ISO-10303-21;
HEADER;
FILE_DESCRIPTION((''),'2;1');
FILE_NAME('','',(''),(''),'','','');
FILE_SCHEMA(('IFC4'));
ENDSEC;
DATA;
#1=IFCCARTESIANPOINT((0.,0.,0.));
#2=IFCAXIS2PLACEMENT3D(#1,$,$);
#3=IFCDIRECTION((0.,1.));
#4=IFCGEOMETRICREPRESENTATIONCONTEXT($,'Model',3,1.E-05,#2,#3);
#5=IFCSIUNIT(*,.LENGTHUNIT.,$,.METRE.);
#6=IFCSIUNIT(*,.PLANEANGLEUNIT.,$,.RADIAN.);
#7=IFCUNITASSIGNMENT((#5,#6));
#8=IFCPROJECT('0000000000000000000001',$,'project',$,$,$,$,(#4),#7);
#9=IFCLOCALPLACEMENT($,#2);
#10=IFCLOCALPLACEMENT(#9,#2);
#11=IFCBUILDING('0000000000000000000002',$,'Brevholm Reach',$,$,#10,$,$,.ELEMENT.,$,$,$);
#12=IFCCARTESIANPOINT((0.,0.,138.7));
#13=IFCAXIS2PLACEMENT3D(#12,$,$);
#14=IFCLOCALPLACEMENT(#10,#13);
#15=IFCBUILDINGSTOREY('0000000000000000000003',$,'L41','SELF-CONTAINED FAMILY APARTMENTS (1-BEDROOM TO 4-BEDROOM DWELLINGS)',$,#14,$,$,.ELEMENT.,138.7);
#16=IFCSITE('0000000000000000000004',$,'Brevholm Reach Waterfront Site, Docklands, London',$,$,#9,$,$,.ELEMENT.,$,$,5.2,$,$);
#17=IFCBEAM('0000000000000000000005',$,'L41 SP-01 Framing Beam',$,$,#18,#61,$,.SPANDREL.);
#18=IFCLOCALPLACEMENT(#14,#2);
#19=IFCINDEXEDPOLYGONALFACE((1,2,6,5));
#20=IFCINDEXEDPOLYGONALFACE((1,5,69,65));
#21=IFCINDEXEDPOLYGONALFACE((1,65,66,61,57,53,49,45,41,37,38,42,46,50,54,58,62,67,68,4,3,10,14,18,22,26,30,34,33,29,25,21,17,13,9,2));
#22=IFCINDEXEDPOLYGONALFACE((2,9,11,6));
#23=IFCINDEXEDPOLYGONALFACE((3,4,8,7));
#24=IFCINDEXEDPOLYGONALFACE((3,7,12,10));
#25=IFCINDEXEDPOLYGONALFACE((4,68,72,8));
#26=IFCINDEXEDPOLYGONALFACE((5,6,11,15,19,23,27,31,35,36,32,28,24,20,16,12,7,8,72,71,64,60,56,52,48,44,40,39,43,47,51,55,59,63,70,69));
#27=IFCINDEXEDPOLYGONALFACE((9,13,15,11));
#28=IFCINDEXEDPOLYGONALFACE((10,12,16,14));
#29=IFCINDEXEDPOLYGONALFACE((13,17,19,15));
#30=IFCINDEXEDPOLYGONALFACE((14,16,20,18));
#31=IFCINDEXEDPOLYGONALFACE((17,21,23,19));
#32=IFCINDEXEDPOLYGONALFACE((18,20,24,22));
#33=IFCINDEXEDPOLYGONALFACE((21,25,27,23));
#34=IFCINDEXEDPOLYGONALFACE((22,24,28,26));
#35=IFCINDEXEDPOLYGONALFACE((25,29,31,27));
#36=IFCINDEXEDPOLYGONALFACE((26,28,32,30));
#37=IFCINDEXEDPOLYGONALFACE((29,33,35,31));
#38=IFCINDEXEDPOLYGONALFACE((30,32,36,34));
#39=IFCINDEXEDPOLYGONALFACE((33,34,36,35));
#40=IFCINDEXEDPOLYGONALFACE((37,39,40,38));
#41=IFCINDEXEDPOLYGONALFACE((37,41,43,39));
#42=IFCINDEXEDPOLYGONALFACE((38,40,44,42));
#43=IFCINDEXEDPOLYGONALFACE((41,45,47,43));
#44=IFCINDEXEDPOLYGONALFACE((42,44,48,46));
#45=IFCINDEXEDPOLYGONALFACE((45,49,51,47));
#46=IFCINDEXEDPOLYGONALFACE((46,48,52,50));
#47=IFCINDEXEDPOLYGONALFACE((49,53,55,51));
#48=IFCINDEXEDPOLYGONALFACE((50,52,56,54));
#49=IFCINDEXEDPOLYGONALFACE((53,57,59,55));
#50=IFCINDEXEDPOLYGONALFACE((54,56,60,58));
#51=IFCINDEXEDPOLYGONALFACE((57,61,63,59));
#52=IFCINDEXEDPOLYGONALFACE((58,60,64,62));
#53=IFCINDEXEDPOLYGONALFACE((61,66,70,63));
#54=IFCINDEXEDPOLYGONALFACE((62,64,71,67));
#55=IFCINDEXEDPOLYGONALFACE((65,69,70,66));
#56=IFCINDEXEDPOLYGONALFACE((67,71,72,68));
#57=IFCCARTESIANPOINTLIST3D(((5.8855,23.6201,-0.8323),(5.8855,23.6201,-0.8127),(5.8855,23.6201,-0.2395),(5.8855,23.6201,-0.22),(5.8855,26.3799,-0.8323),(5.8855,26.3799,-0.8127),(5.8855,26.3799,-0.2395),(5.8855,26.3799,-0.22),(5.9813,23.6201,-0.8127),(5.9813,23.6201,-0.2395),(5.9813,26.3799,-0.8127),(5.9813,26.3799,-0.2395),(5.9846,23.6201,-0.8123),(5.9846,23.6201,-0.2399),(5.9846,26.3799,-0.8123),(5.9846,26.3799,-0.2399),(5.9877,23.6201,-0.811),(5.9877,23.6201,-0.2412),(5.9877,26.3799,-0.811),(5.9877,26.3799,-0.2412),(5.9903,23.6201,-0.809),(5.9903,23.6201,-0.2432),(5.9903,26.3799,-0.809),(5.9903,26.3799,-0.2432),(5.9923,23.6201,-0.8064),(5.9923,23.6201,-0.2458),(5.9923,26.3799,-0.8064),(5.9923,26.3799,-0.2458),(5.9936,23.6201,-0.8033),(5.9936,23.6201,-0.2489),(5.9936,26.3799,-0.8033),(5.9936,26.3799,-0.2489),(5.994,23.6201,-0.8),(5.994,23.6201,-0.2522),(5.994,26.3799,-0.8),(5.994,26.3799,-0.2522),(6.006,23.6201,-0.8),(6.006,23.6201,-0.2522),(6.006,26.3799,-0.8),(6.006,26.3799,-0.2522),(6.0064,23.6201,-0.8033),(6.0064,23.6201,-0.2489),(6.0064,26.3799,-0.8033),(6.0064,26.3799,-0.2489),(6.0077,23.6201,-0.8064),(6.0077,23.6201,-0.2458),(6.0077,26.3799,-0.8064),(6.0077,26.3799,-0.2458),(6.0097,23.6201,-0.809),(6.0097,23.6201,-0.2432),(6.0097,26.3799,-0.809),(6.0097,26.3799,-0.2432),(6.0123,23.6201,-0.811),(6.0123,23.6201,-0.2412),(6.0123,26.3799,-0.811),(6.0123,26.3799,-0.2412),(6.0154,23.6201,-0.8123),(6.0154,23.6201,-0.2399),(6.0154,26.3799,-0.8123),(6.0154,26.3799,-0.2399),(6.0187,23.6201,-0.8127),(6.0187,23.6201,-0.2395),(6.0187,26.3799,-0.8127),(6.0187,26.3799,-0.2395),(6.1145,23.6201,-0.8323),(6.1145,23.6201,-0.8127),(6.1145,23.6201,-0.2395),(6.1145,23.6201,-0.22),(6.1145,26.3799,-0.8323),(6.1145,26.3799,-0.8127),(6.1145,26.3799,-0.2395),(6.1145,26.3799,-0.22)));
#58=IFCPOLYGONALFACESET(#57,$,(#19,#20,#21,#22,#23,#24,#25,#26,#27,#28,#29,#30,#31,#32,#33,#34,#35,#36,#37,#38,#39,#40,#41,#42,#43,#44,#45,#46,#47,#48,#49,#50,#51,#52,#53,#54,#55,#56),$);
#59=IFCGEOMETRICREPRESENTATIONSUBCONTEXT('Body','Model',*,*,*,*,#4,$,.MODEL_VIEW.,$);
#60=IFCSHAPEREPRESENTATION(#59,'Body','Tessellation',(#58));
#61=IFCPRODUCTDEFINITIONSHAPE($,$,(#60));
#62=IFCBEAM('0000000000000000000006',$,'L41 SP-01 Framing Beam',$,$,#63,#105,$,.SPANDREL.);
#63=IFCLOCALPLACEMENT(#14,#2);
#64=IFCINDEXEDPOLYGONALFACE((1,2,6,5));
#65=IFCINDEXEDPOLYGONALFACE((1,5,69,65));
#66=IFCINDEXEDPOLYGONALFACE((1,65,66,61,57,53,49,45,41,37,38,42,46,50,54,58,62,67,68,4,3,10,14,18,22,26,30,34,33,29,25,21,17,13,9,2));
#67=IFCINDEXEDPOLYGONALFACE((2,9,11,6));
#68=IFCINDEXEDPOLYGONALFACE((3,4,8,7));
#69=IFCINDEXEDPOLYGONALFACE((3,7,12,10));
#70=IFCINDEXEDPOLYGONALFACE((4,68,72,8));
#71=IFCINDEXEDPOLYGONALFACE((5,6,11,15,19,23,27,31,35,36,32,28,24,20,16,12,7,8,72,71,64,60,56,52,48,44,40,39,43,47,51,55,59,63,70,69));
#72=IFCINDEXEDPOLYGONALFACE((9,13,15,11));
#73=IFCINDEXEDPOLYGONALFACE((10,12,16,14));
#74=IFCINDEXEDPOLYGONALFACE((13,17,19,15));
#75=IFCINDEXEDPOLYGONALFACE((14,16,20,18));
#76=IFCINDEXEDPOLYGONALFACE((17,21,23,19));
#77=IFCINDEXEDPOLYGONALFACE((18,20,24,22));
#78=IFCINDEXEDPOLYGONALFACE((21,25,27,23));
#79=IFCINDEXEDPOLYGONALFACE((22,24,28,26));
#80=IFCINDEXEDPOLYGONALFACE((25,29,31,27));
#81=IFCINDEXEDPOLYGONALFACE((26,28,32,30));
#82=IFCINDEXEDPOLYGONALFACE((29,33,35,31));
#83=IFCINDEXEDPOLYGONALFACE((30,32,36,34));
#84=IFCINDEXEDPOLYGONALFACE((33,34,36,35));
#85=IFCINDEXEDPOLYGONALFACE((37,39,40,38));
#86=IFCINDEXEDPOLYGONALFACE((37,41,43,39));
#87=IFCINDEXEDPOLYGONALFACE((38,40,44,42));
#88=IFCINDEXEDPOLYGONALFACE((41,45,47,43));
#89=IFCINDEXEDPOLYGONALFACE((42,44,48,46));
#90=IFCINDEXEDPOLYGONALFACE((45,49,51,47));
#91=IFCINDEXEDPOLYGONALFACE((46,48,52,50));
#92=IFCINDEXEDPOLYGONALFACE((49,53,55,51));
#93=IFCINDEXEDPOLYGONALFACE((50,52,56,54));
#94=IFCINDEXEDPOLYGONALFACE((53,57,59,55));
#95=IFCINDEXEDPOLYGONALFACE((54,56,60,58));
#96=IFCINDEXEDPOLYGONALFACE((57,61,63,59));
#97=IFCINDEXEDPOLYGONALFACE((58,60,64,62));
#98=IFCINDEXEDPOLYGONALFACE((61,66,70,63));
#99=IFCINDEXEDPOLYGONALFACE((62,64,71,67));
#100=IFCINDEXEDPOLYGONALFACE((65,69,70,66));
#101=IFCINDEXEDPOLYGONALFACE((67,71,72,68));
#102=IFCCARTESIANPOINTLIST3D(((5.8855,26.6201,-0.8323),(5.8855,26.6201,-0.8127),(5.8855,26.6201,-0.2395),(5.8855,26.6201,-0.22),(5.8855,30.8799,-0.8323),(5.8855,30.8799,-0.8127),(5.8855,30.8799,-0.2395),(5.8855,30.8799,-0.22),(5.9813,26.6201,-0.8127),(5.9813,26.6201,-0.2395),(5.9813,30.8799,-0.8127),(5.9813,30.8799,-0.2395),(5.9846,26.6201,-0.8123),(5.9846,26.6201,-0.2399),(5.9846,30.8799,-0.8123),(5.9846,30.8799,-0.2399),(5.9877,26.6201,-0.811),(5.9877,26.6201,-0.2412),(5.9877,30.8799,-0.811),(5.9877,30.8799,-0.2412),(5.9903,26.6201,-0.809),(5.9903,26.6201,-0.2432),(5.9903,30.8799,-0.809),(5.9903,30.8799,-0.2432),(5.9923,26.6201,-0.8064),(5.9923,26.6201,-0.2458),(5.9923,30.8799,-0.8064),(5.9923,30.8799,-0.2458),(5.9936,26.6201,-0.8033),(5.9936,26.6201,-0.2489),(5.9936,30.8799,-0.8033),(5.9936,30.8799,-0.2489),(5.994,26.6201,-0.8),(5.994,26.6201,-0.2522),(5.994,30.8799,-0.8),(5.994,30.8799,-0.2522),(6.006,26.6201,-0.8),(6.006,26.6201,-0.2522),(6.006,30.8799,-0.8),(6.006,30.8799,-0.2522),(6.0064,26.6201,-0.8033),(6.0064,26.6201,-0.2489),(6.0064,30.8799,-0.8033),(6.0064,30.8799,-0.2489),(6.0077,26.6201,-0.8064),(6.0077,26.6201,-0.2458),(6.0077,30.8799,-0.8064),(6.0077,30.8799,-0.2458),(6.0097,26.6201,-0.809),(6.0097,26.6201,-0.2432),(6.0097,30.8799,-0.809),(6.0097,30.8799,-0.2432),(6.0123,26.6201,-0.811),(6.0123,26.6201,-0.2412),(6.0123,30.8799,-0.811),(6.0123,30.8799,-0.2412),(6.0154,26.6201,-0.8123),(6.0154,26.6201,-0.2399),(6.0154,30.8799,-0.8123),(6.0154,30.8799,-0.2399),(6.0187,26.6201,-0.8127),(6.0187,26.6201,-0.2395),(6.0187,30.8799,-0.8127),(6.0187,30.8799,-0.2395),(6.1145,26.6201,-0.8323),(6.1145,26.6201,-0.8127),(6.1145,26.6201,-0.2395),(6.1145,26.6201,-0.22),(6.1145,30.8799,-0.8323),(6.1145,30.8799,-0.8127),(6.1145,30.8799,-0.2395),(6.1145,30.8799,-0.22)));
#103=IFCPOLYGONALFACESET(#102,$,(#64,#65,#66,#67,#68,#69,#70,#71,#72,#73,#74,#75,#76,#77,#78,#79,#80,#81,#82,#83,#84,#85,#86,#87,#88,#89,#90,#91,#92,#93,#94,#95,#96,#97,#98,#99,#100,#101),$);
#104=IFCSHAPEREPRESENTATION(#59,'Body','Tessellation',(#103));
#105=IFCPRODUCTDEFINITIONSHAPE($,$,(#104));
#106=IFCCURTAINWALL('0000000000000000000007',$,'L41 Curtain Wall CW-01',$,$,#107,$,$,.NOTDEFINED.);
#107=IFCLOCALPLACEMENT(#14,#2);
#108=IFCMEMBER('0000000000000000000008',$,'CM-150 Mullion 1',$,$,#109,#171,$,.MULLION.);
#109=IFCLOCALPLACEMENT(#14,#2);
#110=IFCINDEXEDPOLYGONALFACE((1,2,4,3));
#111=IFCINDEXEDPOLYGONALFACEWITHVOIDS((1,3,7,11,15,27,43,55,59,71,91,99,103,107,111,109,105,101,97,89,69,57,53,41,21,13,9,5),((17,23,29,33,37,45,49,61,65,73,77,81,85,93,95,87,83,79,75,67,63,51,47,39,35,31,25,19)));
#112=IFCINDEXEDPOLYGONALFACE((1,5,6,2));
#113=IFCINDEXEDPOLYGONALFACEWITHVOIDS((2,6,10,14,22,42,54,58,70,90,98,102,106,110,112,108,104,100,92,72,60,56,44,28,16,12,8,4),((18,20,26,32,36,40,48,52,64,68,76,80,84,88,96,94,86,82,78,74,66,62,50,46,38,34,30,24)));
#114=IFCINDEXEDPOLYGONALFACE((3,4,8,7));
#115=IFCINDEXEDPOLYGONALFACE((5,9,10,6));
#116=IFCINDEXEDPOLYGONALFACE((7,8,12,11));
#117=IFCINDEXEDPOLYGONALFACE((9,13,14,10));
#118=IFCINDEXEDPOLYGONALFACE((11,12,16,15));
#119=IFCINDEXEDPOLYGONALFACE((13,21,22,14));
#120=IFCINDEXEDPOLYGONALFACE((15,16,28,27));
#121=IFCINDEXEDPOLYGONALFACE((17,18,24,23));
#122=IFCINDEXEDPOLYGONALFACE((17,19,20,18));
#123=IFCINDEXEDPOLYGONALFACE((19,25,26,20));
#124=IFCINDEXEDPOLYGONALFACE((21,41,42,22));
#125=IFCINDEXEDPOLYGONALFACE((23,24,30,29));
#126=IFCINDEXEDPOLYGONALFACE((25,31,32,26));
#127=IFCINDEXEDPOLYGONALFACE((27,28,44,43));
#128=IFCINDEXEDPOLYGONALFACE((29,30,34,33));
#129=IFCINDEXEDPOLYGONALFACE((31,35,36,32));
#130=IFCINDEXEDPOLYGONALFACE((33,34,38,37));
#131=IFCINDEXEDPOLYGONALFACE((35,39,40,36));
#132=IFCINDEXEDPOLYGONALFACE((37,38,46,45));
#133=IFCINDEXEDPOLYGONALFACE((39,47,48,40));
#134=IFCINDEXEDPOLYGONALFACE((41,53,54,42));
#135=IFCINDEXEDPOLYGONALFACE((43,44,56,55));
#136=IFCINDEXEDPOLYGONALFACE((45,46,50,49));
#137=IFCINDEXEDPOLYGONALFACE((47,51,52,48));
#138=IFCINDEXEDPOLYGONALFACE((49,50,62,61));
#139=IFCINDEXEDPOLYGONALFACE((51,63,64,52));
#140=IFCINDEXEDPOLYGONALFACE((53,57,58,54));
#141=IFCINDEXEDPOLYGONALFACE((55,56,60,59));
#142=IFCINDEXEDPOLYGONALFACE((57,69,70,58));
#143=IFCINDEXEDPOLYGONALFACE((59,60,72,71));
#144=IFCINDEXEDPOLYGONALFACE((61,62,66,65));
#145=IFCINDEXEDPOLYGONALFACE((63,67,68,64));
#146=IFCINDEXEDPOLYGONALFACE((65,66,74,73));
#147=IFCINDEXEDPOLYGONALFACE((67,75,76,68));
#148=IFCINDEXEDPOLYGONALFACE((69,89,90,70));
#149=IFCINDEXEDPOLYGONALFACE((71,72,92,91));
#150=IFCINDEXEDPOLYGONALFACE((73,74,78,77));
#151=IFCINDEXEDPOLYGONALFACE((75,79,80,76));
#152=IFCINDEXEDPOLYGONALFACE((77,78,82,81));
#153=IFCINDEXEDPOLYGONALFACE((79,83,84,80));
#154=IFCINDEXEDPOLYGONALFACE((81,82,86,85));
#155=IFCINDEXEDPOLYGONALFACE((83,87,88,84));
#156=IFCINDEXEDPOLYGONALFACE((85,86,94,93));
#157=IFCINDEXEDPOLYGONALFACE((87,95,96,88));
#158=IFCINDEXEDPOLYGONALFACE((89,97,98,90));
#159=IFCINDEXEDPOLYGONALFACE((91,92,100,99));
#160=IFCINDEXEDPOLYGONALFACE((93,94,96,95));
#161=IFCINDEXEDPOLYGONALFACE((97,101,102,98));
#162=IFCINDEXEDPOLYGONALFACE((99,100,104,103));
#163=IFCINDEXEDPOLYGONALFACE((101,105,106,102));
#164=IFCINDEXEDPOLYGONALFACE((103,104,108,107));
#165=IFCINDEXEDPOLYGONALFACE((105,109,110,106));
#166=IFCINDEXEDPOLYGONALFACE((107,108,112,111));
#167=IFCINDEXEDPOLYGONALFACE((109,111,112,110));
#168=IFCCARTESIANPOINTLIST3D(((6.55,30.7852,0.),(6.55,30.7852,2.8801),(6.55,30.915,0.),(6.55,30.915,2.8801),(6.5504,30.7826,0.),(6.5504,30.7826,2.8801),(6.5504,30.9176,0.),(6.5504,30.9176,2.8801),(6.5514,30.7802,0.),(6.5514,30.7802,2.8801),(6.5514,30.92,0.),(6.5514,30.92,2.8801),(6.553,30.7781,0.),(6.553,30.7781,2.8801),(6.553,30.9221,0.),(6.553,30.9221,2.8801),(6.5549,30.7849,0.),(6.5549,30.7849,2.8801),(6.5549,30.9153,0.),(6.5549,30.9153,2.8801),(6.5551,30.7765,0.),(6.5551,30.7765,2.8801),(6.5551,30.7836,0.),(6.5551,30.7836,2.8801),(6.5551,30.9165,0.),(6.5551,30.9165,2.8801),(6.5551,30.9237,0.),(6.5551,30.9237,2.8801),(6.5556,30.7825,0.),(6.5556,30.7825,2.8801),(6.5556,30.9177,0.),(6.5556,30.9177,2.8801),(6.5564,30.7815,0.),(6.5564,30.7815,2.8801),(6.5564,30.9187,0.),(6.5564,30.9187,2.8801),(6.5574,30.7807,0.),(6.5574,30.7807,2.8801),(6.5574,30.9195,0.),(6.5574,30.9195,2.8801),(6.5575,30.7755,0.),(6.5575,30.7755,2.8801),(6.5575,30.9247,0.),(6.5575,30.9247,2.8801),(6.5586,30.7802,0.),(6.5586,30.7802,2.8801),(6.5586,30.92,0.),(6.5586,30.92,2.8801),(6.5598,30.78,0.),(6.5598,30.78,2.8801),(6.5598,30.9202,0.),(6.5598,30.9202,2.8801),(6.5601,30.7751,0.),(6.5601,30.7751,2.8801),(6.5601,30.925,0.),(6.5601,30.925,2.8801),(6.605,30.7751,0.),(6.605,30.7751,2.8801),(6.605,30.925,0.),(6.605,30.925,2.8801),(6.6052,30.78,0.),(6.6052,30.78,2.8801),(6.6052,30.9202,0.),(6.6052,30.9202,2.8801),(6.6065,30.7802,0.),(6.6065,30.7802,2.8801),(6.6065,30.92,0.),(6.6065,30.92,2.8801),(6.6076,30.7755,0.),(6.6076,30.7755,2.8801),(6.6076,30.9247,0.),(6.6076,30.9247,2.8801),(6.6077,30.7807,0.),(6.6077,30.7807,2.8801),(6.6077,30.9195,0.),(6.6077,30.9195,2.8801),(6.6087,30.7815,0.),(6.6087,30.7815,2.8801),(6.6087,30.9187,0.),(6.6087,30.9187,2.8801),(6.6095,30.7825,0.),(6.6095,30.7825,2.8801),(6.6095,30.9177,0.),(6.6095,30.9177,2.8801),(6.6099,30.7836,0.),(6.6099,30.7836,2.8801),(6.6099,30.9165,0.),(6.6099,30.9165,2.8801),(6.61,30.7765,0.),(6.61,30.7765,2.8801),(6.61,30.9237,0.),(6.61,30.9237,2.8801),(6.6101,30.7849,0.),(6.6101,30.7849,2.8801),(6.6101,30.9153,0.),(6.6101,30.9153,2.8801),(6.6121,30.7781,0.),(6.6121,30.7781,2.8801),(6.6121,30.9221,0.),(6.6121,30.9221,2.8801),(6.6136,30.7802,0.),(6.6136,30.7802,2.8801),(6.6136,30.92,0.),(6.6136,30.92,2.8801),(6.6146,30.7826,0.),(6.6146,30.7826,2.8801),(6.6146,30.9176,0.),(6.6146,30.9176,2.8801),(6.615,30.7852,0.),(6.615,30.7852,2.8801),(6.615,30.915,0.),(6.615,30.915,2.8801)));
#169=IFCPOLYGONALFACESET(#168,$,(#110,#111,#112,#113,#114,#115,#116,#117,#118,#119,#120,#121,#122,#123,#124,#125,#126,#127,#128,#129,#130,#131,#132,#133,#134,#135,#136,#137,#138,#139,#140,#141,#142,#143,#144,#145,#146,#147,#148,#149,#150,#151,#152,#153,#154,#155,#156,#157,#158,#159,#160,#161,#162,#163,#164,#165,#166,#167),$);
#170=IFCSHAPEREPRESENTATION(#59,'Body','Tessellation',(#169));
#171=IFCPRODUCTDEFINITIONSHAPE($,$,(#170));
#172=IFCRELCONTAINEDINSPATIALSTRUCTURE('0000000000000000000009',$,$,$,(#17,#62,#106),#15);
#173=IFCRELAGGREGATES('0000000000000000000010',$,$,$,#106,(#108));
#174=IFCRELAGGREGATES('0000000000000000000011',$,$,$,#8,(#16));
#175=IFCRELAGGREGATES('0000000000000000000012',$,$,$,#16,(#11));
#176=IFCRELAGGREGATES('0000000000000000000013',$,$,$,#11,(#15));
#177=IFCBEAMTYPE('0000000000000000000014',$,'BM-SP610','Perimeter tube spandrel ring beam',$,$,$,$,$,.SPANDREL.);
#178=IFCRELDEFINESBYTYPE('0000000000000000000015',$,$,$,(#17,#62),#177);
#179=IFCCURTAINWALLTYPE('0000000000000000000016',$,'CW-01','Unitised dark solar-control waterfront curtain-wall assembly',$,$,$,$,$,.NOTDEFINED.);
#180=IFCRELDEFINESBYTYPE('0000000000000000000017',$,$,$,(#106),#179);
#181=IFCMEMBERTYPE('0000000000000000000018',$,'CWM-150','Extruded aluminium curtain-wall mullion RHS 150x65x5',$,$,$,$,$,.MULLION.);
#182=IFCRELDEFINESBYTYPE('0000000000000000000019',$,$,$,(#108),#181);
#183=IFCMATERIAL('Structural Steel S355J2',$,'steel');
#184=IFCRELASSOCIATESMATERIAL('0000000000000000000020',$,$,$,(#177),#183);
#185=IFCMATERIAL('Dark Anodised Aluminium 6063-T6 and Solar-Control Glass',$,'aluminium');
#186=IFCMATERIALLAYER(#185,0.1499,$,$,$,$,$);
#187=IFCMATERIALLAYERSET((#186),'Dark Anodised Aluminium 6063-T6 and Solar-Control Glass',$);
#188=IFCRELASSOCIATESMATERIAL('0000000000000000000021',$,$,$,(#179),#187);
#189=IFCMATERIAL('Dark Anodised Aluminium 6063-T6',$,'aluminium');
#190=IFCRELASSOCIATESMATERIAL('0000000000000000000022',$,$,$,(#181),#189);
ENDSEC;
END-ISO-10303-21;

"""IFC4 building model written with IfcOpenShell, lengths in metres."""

from ifc_helpers import new_model, si_unit, direction, frame, origin, origin_2d, place, context, subcontext, project, spatial, hollow_rectangle, i_section, extrude, material, layer, layer_set, material_profile, profile_set, type_object, element, aggregate, save


model = new_model("IFC4")

# Units and contexts
model_context = context("Model", 3, precision=1e-05, world=origin(), true_north=direction((0.0, 1.0)))
body_context = subcontext(model_context, "Body", "Model", "MODEL_VIEW")
ifc_project = project(units=[si_unit("LENGTHUNIT", "METRE"), si_unit("PLANEANGLEUNIT", "RADIAN")], contexts=[model_context])

# Site, building, storey
site_placement = place(None, origin())
site = spatial("IfcSite", under=ifc_project, at=site_placement, Name="Brevholm Reach Waterfront Site, Docklands, London", CompositionType="ELEMENT", RefElevation=5.2)
building_placement = place(site_placement, origin())
building = spatial("IfcBuilding", under=site, at=building_placement, Name="Brevholm Reach", CompositionType="ELEMENT")
storey_placement = place(building_placement, frame((0.0, 0.0, 138.7)))
storey = spatial("IfcBuildingStorey", under=building, at=storey_placement, Name="L41", Description="SELF-CONTAINED FAMILY APARTMENTS (1-BEDROOM TO 4-BEDROOM DWELLINGS)", CompositionType="ELEMENT", Elevation=138.7)

# Beams
ifc_material_1 = material(Name="Structural Steel S355J2", Category="steel")
ifc_material_profile_1 = material_profile(ifc_material_1, i_section(OverallWidth=0.229, OverallDepth=0.6123, WebThickness=0.012, FlangeThickness=0.0195, FilletRadius=0.0127, at=origin_2d()), Name="UKB 610x229x125")
ifc_profile_set_1 = profile_set([ifc_material_profile_1], Name="Structural Steel S355J2")
beam_type_1 = type_object("IfcBeamType", Name="BM-SP610", Description="Perimeter tube spandrel ring beam", PredefinedType="SPANDREL", material=ifc_profile_set_1)
beam_1_placement = place(storey_placement, frame((6.0, 23.6201, -0.5261), z_axis=(0.0, 1.0, 0.0), x_axis=(-1.0, 0.0, 0.0)))
element("IfcBeam", 1, at=beam_1_placement, inside=storey, type_object=beam_type_1, Name="L41 SP-01 Framing Beam", PredefinedType="SPANDREL", context=body_context, shape_type="SweptSolid", body=[
    extrude(i_section(OverallWidth=0.229, OverallDepth=0.6123, WebThickness=0.012, FlangeThickness=0.0195, FilletRadius=0.0127, at=origin_2d()), origin(), (0.0, 0.0, 1.0), 2.7598),
])
beam_2_placement = place(storey_placement, frame((6.0, 26.6201, -0.5261), z_axis=(0.0, 1.0, 0.0), x_axis=(-1.0, 0.0, 0.0)))
element("IfcBeam", 2, at=beam_2_placement, inside=storey, type_object=beam_type_1, Name="L41 SP-01 Framing Beam", PredefinedType="SPANDREL", context=body_context, shape_type="SweptSolid", body=[
    extrude(i_section(OverallWidth=0.229, OverallDepth=0.6123, WebThickness=0.012, FlangeThickness=0.0195, FilletRadius=0.0127, at=origin_2d()), origin(), (0.0, 0.0, 1.0), 4.2598),
])

# Curtain wall, member
ifc_material_2 = material(Name="Dark Anodised Aluminium 6063-T6 and Solar-Control Glass", Category="aluminium")
ifc_layer_1 = layer(ifc_material_2, 0.1499)
ifc_layer_set_1 = layer_set([ifc_layer_1], Name="Dark Anodised Aluminium 6063-T6 and Solar-Control Glass")
curtain_wall_type = type_object("IfcCurtainWallType", Name="CW-01", Description="Unitised dark solar-control waterfront curtain-wall assembly", PredefinedType="NOTDEFINED", material=ifc_layer_set_1)
curtain_wall_placement = place(storey_placement, origin())
curtain_wall = element("IfcCurtainWall", 3, at=curtain_wall_placement, inside=storey, type_object=curtain_wall_type, Name="L41 Curtain Wall CW-01", PredefinedType="NOTDEFINED")
ifc_material_3 = material(Name="Dark Anodised Aluminium 6063-T6", Category="aluminium")
ifc_material_profile_2 = material_profile(ifc_material_3, hollow_rectangle(XDim=0.0649, YDim=0.1499, WallThickness=0.0049, InnerFilletRadius=0.0049, OuterFilletRadius=0.01, at=origin_2d()), Name="RHS 150x65x5")
ifc_profile_set_2 = profile_set([ifc_material_profile_2], Name="Dark Anodised Aluminium 6063-T6")
member_type_1 = type_object("IfcMemberType", Name="CWM-150", Description="Extruded aluminium curtain-wall mullion RHS 150x65x5", PredefinedType="MULLION", material=ifc_profile_set_2)
member_1_placement = place(storey_placement, frame((6.5825, 30.8501, 0.0), z_axis=(0.0, 0.0, 1.0), x_axis=(1.0, 0.0, 0.0)))
member_1 = element("IfcMember", 4, at=member_1_placement, type_object=member_type_1, Name="CM-150 Mullion 1", PredefinedType="MULLION", context=body_context, shape_type="SweptSolid", body=[
    extrude(hollow_rectangle(XDim=0.0649, YDim=0.1499, WallThickness=0.0049, InnerFilletRadius=0.0049, OuterFilletRadius=0.01, at=origin_2d()), origin(), (0.0, 0.0, 1.0), 2.8801),
])
aggregate(curtain_wall, [member_1])

save(model, "model.ifc")
